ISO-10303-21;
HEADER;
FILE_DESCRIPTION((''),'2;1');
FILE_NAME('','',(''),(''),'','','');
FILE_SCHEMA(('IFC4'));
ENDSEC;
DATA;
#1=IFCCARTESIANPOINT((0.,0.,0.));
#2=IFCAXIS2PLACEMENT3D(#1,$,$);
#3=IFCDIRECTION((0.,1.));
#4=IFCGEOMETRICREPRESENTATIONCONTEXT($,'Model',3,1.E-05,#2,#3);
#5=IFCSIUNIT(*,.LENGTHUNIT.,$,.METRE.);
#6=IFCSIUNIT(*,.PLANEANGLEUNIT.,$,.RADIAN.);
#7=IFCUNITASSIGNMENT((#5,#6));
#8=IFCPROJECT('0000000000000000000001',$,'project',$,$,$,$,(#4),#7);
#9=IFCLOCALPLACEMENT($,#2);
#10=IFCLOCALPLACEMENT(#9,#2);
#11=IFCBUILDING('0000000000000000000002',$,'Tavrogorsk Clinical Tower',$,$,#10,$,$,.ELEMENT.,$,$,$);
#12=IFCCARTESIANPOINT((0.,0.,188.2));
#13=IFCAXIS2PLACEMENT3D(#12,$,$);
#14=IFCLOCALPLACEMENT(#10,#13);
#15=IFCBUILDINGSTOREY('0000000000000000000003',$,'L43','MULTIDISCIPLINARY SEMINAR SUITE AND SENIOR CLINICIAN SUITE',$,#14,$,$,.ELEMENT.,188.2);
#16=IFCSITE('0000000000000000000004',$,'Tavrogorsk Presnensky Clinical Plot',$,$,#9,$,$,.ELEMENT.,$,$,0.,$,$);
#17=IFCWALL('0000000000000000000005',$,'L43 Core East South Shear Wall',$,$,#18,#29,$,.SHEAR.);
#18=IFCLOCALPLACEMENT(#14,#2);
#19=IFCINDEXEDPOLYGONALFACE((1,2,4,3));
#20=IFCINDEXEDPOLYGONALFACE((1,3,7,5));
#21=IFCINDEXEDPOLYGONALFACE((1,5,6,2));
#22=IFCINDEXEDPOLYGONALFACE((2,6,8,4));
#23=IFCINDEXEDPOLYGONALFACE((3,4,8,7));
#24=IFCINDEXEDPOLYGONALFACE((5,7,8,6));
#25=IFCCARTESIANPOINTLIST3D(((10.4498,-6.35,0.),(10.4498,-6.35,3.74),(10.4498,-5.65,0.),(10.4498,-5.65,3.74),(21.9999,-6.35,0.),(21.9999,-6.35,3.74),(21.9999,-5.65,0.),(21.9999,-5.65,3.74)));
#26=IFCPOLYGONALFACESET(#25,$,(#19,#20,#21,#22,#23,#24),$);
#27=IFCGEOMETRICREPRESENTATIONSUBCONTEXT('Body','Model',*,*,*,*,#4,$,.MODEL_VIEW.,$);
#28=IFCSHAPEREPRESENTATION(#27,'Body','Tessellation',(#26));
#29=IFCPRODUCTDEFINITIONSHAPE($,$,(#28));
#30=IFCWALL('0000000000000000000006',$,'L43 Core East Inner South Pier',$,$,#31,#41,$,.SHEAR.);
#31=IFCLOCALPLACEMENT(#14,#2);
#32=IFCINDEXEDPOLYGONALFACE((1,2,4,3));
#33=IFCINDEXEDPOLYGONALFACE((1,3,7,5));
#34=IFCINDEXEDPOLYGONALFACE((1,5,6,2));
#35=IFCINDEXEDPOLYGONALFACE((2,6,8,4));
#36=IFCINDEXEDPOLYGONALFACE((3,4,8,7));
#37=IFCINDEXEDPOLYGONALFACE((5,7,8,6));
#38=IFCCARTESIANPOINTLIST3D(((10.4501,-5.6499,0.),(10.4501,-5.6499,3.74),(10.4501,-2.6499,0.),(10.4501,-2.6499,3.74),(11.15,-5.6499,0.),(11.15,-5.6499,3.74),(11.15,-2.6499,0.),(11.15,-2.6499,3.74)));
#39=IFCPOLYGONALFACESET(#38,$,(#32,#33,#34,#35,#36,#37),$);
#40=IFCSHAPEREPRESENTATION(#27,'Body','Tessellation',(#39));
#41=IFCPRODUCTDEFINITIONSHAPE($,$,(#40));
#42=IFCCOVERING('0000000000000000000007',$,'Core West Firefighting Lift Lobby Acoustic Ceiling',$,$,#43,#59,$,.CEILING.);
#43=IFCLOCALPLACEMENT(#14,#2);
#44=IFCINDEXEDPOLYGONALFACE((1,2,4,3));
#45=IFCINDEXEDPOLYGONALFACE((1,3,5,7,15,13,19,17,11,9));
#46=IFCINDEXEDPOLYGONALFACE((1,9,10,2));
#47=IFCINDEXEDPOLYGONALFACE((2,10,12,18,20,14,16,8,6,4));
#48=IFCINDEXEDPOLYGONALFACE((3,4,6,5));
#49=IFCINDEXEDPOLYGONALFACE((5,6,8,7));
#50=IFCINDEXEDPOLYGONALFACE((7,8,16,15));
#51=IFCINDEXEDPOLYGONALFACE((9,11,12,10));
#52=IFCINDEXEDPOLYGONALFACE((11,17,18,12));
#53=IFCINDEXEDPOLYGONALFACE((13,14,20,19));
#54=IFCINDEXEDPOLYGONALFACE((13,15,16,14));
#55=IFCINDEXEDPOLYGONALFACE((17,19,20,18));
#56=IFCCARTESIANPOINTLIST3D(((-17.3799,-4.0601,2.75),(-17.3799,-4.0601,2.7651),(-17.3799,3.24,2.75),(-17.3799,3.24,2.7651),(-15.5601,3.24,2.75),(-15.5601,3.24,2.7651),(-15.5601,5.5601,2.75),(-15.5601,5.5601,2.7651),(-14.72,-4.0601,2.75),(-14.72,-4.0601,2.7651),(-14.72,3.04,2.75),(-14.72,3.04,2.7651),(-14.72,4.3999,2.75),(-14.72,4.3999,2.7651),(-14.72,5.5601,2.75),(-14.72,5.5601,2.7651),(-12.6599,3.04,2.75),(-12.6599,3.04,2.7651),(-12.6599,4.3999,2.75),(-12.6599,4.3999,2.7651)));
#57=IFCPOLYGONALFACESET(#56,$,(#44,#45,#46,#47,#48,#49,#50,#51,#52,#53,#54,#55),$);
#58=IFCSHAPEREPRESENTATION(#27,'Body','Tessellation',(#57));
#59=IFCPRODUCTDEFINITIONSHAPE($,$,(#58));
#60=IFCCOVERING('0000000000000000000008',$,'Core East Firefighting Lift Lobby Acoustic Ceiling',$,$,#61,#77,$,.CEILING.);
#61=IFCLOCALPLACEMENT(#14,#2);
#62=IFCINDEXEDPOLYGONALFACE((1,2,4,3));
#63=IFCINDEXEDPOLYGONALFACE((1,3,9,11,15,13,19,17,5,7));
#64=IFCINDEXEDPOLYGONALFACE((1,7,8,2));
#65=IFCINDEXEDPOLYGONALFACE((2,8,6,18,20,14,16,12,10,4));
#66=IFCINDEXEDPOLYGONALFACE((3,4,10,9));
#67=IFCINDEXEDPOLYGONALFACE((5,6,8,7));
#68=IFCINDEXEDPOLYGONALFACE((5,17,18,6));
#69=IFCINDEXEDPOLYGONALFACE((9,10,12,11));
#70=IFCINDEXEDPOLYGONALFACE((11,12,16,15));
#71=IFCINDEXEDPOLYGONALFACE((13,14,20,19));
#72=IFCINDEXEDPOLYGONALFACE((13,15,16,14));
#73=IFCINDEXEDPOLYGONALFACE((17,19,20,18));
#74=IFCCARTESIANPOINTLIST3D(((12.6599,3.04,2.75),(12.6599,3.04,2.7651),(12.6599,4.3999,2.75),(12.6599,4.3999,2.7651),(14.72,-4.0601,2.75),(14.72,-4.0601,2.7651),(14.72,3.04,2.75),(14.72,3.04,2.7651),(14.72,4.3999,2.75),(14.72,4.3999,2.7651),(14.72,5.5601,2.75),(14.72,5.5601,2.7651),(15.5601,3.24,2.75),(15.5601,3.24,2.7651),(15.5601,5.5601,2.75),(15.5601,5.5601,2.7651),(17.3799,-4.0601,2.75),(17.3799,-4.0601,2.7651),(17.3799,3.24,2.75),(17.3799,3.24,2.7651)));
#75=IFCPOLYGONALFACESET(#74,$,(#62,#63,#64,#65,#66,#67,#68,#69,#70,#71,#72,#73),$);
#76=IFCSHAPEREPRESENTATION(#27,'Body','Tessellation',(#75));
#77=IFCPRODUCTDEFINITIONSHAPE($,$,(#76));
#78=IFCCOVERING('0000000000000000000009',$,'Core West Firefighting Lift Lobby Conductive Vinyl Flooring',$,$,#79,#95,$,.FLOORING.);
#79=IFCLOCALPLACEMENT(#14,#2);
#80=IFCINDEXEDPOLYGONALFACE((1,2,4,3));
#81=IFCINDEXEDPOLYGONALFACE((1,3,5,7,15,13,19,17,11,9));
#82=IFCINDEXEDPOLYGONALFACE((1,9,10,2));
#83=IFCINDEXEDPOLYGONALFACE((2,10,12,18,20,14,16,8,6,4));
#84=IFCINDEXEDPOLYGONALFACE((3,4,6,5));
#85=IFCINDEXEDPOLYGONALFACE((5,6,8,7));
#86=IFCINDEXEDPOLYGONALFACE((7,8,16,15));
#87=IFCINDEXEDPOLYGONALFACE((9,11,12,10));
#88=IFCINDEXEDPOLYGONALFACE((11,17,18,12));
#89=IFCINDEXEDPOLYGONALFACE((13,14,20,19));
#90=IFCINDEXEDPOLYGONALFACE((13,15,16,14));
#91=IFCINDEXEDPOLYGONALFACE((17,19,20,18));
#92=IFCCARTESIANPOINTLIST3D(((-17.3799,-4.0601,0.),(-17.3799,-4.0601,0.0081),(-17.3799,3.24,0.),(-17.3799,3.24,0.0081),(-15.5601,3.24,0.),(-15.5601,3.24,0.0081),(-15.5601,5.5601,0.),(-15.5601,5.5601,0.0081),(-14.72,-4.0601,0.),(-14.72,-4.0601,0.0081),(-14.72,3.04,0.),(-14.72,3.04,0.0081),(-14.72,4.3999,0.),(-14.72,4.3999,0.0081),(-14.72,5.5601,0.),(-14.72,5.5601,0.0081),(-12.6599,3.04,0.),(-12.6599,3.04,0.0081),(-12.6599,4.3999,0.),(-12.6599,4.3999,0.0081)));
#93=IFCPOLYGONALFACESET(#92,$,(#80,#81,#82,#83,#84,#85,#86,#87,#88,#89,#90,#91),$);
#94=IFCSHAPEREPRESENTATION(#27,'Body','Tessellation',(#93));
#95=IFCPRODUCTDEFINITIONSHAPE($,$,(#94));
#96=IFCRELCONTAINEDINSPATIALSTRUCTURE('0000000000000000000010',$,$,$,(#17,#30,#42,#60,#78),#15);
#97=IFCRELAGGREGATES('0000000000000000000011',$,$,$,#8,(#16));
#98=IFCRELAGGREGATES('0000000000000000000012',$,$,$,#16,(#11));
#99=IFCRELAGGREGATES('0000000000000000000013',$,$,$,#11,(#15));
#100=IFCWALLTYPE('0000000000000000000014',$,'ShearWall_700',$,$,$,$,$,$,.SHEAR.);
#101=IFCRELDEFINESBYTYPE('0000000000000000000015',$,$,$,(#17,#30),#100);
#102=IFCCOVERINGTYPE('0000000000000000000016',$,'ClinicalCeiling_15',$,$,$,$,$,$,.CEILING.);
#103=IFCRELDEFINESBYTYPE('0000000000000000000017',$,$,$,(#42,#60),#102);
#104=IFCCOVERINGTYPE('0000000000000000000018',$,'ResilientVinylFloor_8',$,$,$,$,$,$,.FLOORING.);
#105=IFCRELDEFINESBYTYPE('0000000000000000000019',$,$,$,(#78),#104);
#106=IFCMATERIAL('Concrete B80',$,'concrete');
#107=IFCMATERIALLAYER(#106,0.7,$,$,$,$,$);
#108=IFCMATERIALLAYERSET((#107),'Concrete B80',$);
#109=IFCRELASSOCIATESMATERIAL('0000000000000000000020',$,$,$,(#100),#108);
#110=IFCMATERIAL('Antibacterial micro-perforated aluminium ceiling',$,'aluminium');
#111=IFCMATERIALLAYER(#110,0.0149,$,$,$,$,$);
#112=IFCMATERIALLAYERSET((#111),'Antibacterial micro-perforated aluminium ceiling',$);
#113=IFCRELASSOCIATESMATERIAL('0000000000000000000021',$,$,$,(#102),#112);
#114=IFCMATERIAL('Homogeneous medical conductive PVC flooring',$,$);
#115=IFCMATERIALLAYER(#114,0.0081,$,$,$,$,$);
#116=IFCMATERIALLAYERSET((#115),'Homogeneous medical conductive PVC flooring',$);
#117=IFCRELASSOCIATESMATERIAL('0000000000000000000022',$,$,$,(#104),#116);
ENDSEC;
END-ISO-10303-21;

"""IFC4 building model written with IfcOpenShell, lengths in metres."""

from ifc_helpers import new_model, si_unit, direction, frame, frame_2d, origin, place, context, subcontext, project, spatial, polyline, rectangle, outline, extrude, material, layer, layer_set, type_object, element, save


model = new_model("IFC4")

# Units and contexts
model_context = context("Model", 3, precision=1e-05, world=origin(), true_north=direction((0.0, 1.0)))
body_context = subcontext(model_context, "Body", "Model", "MODEL_VIEW")
ifc_project = project(units=[si_unit("LENGTHUNIT", "METRE"), si_unit("PLANEANGLEUNIT", "RADIAN")], contexts=[model_context])

# Site, building, storey
site_placement = place(None, origin())
site = spatial("IfcSite", under=ifc_project, at=site_placement, Name="Tavrogorsk Presnensky Clinical Plot", CompositionType="ELEMENT", RefElevation=0.0)
building_placement = place(site_placement, origin())
building = spatial("IfcBuilding", under=site, at=building_placement, Name="Tavrogorsk Clinical Tower", CompositionType="ELEMENT")
storey_placement = place(building_placement, frame((0.0, 0.0, 188.2)))
storey = spatial("IfcBuildingStorey", under=building, at=storey_placement, Name="L43", Description="MULTIDISCIPLINARY SEMINAR SUITE AND SENIOR CLINICIAN SUITE", CompositionType="ELEMENT", Elevation=188.2)

# Walls
ifc_material_1 = material(Name="Concrete B80", Category="concrete")
ifc_layer_1 = layer(ifc_material_1, 0.7)
ifc_layer_set_1 = layer_set([ifc_layer_1], Name="Concrete B80")
wall_type_1 = type_object("IfcWallType", Name="ShearWall_700", PredefinedType="SHEAR", material=ifc_layer_set_1)
wall_1_placement = place(storey_placement, frame((10.45, -6.0, 0.0), z_axis=(0.0, 0.0, 1.0), x_axis=(1.0, 0.0, 0.0)))
element("IfcWall", 1, at=wall_1_placement, inside=storey, type_object=wall_type_1, Name="L43 Core East South Shear Wall", PredefinedType="SHEAR", context=body_context, shape_type="SweptSolid", body=[
    extrude(rectangle(XDim=11.55, YDim=0.7, at=frame_2d((5.7749, 0.0))), origin(), (0.0, 0.0, 1.0), 3.74),
])
wall_2_placement = place(storey_placement, frame((10.8, -5.6499, 0.0), z_axis=(0.0, 0.0, 1.0), x_axis=(0.0, 1.0, 0.0)))
element("IfcWall", 2, at=wall_2_placement, inside=storey, type_object=wall_type_1, Name="L43 Core East Inner South Pier", PredefinedType="SHEAR", context=body_context, shape_type="SweptSolid", body=[
    extrude(rectangle(XDim=3.0, YDim=0.7, at=frame_2d((1.5, 0.0))), origin(), (0.0, 0.0, 1.0), 3.74),
])

# Coverings
ifc_material_2 = material(Name="Antibacterial micro-perforated aluminium ceiling", Category="aluminium")
ifc_layer_2 = layer(ifc_material_2, 0.0149)
ifc_layer_set_2 = layer_set([ifc_layer_2], Name="Antibacterial micro-perforated aluminium ceiling")
covering_type_1 = type_object("IfcCoveringType", Name="ClinicalCeiling_15", PredefinedType="CEILING", material=ifc_layer_set_2)
covering_1_placement = place(storey_placement, frame((0.0, 0.0, 2.75)))
element("IfcCovering", 3, at=covering_1_placement, inside=storey, type_object=covering_type_1, Name="Core West Firefighting Lift Lobby Acoustic Ceiling", PredefinedType="CEILING", context=body_context, shape_type="SweptSolid", body=[
    extrude(outline(polyline([(-17.3799, -4.0601), (-17.3799, 3.24), (-15.5601, 3.24), (-15.5601, 5.5601), (-14.72, 5.5601), (-14.72, 4.3999), (-12.6599, 4.3999), (-12.6599, 3.04), (-14.72, 3.04), (-14.72, -4.0601), (-17.3799, -4.0601)])), origin(), (0.0, 0.0, 1.0), 0.0151),
])
covering_2_placement = place(storey_placement, frame((0.0, 0.0, 2.75)))
element("IfcCovering", 4, at=covering_2_placement, inside=storey, type_object=covering_type_1, Name="Core East Firefighting Lift Lobby Acoustic Ceiling", PredefinedType="CEILING", context=body_context, shape_type="SweptSolid", body=[
    extrude(outline(polyline([(14.72, 3.04), (12.6599, 3.04), (12.6599, 4.3999), (14.72, 4.3999), (14.72, 5.5601), (15.5601, 5.5601), (15.5601, 3.24), (17.3799, 3.24), (17.3799, -4.0601), (14.72, -4.0601), (14.72, 3.04)])), origin(), (0.0, 0.0, 1.0), 0.0151),
])
ifc_material_3 = material(Name="Homogeneous medical conductive PVC flooring")
ifc_layer_3 = layer(ifc_material_3, 0.0081)
ifc_layer_set_3 = layer_set([ifc_layer_3], Name="Homogeneous medical conductive PVC flooring")
covering_type_2 = type_object("IfcCoveringType", Name="ResilientVinylFloor_8", PredefinedType="FLOORING", material=ifc_layer_set_3)
covering_3_placement = place(storey_placement, origin())
element("IfcCovering", 5, at=covering_3_placement, inside=storey, type_object=covering_type_2, Name="Core West Firefighting Lift Lobby Conductive Vinyl Flooring", PredefinedType="FLOORING", context=body_context, shape_type="SweptSolid", body=[
    extrude(outline(polyline([(-17.3799, -4.0601), (-17.3799, 3.24), (-15.5601, 3.24), (-15.5601, 5.5601), (-14.72, 5.5601), (-14.72, 4.3999), (-12.6599, 4.3999), (-12.6599, 3.04), (-14.72, 3.04), (-14.72, -4.0601), (-17.3799, -4.0601)])), origin(), (0.0, 0.0, 1.0), 0.0081),
])

save(model, "model.ifc")
